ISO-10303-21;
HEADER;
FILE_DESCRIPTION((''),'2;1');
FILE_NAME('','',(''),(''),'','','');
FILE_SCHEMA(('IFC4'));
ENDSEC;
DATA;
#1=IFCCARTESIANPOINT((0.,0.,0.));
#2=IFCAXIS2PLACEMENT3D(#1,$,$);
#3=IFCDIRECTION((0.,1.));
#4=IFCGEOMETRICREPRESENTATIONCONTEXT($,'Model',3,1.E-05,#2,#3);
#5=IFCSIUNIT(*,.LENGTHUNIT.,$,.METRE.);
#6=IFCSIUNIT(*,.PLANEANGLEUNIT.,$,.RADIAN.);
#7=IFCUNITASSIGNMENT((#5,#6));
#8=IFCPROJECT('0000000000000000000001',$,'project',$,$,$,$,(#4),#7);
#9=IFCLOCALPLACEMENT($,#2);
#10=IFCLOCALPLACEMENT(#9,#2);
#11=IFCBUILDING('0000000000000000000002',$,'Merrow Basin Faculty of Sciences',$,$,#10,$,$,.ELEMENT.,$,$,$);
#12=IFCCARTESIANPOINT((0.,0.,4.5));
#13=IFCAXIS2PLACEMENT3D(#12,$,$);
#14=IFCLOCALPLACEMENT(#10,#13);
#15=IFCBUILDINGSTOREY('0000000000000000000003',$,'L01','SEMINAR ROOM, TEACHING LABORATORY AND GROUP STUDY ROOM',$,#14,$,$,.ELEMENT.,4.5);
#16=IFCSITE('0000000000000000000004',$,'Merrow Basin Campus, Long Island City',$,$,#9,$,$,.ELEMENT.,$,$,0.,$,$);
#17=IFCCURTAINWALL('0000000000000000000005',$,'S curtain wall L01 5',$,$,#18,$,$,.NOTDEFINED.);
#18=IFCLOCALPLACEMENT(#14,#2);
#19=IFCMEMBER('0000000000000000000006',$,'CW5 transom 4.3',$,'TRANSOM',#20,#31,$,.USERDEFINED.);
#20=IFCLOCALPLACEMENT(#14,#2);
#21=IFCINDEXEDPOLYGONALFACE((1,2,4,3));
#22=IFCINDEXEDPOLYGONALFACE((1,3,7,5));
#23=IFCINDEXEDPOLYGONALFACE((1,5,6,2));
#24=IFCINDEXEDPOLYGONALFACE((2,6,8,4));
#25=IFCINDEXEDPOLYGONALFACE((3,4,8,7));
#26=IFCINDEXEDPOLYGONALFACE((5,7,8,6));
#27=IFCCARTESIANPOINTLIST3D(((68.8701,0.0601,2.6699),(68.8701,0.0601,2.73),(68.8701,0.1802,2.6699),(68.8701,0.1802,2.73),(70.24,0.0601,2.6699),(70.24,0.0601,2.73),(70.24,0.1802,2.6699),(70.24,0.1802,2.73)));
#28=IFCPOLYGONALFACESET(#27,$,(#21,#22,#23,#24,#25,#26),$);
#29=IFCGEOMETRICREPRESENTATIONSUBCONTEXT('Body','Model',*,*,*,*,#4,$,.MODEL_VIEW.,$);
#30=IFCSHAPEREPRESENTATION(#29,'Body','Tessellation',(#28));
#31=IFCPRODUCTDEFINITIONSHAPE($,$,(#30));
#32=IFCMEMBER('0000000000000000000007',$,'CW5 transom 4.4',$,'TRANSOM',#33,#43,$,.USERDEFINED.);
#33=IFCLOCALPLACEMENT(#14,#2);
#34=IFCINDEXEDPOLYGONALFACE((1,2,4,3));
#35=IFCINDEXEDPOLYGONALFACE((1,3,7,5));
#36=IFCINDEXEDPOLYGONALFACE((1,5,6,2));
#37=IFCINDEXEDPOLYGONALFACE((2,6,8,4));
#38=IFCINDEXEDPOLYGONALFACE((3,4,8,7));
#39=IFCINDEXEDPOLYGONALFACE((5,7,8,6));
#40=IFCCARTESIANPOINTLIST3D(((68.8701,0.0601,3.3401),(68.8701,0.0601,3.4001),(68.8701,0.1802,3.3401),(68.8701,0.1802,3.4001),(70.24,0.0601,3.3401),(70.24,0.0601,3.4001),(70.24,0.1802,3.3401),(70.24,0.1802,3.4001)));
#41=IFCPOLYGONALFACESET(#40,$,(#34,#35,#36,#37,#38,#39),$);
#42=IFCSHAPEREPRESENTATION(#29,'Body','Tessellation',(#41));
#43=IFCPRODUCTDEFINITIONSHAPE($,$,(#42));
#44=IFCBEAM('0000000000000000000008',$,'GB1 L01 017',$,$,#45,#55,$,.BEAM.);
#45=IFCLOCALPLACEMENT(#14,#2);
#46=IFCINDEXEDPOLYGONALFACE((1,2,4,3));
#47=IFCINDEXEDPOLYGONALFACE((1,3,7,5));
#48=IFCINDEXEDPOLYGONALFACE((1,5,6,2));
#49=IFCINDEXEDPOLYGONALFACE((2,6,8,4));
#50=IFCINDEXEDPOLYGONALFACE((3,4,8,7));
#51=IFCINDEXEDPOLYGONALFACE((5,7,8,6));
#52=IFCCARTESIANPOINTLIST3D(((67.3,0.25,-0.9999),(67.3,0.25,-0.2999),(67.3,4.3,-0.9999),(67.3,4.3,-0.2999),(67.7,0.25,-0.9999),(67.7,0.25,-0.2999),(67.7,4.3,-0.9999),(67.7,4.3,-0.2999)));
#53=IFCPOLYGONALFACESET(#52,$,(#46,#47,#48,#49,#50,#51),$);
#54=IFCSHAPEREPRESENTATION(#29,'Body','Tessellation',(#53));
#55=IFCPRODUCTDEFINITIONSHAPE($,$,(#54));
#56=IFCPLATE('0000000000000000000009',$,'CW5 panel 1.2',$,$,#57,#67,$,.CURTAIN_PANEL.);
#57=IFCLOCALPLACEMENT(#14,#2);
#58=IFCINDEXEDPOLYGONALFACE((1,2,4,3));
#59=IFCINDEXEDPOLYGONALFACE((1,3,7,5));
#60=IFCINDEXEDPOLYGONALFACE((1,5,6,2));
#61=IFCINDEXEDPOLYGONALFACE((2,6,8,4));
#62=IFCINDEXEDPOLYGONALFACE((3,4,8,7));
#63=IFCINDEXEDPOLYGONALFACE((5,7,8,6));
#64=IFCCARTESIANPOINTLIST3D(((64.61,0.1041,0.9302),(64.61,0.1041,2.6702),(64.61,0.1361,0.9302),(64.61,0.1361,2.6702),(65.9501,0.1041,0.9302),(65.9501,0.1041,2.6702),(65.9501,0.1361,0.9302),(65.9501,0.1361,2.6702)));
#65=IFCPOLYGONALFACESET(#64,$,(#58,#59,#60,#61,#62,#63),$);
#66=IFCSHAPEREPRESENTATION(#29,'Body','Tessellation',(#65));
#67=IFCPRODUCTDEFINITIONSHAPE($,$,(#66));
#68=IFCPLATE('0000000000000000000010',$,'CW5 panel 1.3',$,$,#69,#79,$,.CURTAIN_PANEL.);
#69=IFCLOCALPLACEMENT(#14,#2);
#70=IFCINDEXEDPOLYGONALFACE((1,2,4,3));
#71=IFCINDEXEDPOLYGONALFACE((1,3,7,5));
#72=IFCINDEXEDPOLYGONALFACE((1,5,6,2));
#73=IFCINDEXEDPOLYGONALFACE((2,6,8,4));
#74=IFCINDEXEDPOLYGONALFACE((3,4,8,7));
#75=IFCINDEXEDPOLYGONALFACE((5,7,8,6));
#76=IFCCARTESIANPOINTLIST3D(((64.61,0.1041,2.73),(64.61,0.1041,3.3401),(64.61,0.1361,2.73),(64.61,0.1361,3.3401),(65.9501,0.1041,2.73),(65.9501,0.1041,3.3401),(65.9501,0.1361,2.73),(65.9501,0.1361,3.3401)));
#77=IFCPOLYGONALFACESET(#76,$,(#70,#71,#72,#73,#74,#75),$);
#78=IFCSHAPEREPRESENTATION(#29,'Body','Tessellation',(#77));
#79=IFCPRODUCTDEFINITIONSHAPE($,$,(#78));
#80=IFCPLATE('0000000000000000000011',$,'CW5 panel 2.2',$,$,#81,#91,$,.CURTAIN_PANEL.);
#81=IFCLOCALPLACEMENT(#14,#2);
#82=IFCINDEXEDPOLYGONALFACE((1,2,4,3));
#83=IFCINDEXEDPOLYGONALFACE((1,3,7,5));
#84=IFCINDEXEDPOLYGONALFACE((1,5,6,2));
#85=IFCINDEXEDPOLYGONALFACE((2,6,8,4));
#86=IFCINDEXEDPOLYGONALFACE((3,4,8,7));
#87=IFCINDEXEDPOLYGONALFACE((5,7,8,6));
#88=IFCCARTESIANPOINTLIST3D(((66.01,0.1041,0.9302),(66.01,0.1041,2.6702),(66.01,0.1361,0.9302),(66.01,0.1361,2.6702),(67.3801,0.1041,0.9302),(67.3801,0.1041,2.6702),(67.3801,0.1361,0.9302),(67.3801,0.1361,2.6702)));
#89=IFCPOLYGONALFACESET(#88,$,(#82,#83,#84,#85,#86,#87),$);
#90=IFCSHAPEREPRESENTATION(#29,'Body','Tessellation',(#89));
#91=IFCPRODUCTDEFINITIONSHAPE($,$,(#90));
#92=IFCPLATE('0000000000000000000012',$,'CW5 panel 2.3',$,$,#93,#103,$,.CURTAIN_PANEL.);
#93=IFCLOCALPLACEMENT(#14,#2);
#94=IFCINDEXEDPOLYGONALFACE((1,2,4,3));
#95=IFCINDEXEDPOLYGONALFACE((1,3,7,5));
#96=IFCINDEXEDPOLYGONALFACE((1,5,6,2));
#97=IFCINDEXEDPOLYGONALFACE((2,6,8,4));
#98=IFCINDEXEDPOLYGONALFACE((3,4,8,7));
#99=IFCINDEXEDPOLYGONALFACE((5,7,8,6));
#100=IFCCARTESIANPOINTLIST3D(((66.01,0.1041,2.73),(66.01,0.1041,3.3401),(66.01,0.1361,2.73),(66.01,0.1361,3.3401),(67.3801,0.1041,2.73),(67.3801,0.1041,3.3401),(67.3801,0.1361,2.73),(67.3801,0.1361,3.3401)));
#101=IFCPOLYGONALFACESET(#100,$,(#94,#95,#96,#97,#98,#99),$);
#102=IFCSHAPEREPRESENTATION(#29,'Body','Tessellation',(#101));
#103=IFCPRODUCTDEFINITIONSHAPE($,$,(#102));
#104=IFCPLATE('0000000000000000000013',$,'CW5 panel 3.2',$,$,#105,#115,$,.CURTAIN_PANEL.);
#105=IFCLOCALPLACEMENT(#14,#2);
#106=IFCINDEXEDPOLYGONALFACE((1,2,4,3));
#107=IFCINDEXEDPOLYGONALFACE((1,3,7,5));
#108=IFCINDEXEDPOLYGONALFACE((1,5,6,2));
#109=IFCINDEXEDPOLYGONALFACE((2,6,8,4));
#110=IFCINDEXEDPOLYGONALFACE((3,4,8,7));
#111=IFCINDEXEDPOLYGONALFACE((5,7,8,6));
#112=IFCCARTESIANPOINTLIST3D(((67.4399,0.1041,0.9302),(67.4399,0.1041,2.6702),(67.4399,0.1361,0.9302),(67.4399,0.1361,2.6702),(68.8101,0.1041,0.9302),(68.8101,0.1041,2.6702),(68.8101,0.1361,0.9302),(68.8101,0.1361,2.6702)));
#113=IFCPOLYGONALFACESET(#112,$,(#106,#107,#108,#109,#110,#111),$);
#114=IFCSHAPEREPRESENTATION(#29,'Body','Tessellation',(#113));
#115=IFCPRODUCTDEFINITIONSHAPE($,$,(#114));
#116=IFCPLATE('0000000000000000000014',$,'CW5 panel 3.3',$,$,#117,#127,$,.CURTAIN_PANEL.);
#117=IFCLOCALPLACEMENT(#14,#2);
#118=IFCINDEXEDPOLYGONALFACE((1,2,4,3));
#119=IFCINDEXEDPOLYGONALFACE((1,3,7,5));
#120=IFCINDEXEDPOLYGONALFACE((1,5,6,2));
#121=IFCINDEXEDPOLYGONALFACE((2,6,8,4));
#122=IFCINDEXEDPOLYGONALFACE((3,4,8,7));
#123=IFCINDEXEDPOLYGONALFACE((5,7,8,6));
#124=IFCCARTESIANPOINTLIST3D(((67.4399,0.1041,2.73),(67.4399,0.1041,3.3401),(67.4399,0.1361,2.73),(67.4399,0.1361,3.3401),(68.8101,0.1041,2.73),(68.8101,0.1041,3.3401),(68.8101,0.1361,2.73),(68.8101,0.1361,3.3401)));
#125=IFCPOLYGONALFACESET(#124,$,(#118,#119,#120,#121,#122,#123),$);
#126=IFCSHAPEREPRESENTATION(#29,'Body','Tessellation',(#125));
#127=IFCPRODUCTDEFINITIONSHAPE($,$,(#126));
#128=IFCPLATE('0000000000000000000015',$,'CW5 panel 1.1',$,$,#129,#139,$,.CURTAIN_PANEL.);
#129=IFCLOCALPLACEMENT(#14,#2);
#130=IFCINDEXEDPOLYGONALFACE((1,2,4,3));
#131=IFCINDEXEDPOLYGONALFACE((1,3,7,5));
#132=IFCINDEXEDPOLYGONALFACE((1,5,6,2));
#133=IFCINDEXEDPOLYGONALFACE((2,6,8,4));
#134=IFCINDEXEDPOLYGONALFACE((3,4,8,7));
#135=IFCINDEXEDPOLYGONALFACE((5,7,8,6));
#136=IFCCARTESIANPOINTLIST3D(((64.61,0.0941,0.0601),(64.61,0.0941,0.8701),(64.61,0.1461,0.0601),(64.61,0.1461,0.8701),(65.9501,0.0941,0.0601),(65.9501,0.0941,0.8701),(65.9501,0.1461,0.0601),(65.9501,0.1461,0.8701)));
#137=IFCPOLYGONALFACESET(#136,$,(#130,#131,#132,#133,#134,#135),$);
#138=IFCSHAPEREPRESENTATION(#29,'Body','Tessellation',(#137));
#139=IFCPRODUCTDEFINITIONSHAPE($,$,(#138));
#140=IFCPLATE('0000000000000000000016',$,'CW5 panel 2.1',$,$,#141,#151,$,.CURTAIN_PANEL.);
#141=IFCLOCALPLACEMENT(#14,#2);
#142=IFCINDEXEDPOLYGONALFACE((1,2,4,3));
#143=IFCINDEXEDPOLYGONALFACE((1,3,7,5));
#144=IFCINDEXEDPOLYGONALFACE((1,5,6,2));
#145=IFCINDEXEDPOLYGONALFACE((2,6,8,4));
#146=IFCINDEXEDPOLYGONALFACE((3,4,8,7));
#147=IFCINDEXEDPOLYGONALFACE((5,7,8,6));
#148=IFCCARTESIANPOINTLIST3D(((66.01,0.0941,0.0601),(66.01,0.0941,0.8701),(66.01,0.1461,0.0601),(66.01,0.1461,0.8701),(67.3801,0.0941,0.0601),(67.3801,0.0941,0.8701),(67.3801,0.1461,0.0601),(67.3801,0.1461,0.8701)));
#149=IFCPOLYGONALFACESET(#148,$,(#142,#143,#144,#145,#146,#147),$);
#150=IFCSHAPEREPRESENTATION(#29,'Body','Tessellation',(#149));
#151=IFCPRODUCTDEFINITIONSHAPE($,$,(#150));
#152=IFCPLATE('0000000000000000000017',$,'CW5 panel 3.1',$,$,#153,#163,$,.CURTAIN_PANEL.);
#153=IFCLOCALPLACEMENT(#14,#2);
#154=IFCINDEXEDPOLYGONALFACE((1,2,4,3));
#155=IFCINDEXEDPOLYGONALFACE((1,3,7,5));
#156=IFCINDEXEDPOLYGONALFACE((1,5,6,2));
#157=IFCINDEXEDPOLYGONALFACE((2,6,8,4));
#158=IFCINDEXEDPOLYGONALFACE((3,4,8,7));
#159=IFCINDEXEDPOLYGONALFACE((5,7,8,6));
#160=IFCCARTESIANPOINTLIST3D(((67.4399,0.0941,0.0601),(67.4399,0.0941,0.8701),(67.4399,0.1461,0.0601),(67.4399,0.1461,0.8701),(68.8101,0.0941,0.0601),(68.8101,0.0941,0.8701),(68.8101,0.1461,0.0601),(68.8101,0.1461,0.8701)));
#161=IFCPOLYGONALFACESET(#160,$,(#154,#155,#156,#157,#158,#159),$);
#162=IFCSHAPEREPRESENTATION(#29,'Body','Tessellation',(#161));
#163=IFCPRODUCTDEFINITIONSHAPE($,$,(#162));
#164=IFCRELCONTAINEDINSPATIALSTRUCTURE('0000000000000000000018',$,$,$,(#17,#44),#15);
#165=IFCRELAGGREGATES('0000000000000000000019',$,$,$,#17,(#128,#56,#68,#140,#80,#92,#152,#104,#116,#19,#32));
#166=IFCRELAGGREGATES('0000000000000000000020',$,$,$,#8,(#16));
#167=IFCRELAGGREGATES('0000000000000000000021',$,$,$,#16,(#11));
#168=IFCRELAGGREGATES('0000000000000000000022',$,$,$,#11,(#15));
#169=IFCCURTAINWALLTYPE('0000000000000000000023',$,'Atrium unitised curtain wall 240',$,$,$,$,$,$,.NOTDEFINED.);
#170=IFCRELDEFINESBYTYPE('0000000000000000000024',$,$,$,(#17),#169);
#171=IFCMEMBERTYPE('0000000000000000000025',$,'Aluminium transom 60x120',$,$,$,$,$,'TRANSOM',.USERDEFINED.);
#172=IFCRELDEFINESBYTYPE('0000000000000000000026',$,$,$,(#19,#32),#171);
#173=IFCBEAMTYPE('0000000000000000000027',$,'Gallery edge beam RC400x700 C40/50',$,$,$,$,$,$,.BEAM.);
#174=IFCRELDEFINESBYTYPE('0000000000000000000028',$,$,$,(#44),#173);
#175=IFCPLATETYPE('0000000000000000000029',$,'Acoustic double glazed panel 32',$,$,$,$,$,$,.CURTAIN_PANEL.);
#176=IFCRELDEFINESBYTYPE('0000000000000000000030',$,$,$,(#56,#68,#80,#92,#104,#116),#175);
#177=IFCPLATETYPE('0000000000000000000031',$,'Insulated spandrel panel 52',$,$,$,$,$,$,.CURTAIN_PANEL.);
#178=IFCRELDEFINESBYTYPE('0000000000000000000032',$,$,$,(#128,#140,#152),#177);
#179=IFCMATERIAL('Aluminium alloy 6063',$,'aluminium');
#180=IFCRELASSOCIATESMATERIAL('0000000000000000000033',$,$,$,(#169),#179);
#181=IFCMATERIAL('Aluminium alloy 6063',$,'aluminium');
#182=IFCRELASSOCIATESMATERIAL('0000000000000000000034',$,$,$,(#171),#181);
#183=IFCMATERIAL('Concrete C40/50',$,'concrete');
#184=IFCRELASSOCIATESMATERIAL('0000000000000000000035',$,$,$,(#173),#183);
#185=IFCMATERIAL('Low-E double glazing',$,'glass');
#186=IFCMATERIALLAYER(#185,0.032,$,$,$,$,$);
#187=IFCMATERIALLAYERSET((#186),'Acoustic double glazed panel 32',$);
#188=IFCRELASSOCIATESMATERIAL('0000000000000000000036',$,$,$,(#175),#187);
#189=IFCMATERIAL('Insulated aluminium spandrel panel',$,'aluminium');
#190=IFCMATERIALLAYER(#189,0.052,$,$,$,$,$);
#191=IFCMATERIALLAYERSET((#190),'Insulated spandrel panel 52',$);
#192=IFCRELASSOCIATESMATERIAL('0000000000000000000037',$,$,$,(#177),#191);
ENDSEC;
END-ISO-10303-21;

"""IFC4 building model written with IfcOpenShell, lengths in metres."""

from ifc_helpers import new_model, si_unit, direction, frame, origin, origin_2d, place, context, subcontext, project, spatial, rectangle, extrude, material, layer, layer_set, material_profile, profile_set, type_object, element, aggregate, save


model = new_model("IFC4")

# Units and contexts
model_context = context("Model", 3, precision=1e-05, world=origin(), true_north=direction((0.0, 1.0)))
body_context = subcontext(model_context, "Body", "Model", "MODEL_VIEW")
ifc_project = project(units=[si_unit("LENGTHUNIT", "METRE"), si_unit("PLANEANGLEUNIT", "RADIAN")], contexts=[model_context])

# Site, building, storey
site_placement = place(None, origin())
site = spatial("IfcSite", under=ifc_project, at=site_placement, Name="Merrow Basin Campus, Long Island City", CompositionType="ELEMENT", RefElevation=0.0)
building_placement = place(site_placement, origin())
building = spatial("IfcBuilding", under=site, at=building_placement, Name="Merrow Basin Faculty of Sciences", CompositionType="ELEMENT")
storey_placement = place(building_placement, frame((0.0, 0.0, 4.5)))
storey = spatial("IfcBuildingStorey", under=building, at=storey_placement, Name="L01", Description="SEMINAR ROOM, TEACHING LABORATORY AND GROUP STUDY ROOM", CompositionType="ELEMENT", Elevation=4.5)

# Curtain wall, members
ifc_material_1 = material(Name="Aluminium alloy 6063", Category="aluminium")
curtain_wall_type = type_object("IfcCurtainWallType", Name="Atrium unitised curtain wall 240", PredefinedType="NOTDEFINED", material=ifc_material_1)
curtain_wall_placement = place(storey_placement, origin())
curtain_wall = element("IfcCurtainWall", 1, at=curtain_wall_placement, inside=storey, type_object=curtain_wall_type, Name="S curtain wall L01 5", PredefinedType="NOTDEFINED")
ifc_material_2 = material(Name="Aluminium alloy 6063", Category="aluminium")
ifc_material_profile_1 = material_profile(ifc_material_2, rectangle(XDim=0.1201, YDim=0.0601, at=origin_2d()))
ifc_profile_set_1 = profile_set([ifc_material_profile_1], Name="Aluminium alloy 6063")
member_type_1 = type_object("IfcMemberType", Name="Aluminium transom 60x120", ElementType="TRANSOM", PredefinedType="USERDEFINED", material=ifc_profile_set_1)
member_1_placement = place(storey_placement, frame((68.8701, 0.1201, 2.7), z_axis=(1.0, 0.0, 0.0), x_axis=(0.0, 1.0, 0.0)))
member_1 = element("IfcMember", 2, at=member_1_placement, type_object=member_type_1, Name="CW5 transom 4.3", ObjectType="TRANSOM", PredefinedType="USERDEFINED", context=body_context, shape_type="SweptSolid", body=[
    extrude(rectangle(XDim=0.1201, YDim=0.0601, at=origin_2d()), origin(), (0.0, 0.0, 1.0), 1.3699),
])
member_2_placement = place(storey_placement, frame((68.8701, 0.1201, 3.3701), z_axis=(1.0, 0.0, 0.0), x_axis=(0.0, 1.0, 0.0)))
member_2 = element("IfcMember", 3, at=member_2_placement, type_object=member_type_1, Name="CW5 transom 4.4", ObjectType="TRANSOM", PredefinedType="USERDEFINED", context=body_context, shape_type="SweptSolid", body=[
    extrude(rectangle(XDim=0.1201, YDim=0.0601, at=origin_2d()), origin(), (0.0, 0.0, 1.0), 1.3699),
])

# Beam
ifc_material_3 = material(Name="Concrete C40/50", Category="concrete")
ifc_material_profile_2 = material_profile(ifc_material_3, rectangle(XDim=0.3999, YDim=0.7, at=origin_2d()))
ifc_profile_set_2 = profile_set([ifc_material_profile_2], Name="Concrete C40/50")
beam_type = type_object("IfcBeamType", Name="Gallery edge beam RC400x700 C40/50", PredefinedType="BEAM", material=ifc_profile_set_2)
beam_placement = place(storey_placement, frame((67.5, 0.25, -0.6499), z_axis=(0.0, 1.0, 0.0), x_axis=(-1.0, 0.0, 0.0)))
element("IfcBeam", 4, at=beam_placement, inside=storey, type_object=beam_type, Name="GB1 L01 017", PredefinedType="BEAM", context=body_context, shape_type="SweptSolid", body=[
    extrude(rectangle(XDim=0.3999, YDim=0.7, at=origin_2d()), origin(), (0.0, 0.0, 1.0), 4.05),
])

# Plates
ifc_material_4 = material(Name="Low-E double glazing", Category="glass")
ifc_layer_1 = layer(ifc_material_4, 0.032)
ifc_layer_set_1 = layer_set([ifc_layer_1], Name="Acoustic double glazed panel 32")
plate_type_1 = type_object("IfcPlateType", Name="Acoustic double glazed panel 32", PredefinedType="CURTAIN_PANEL", material=ifc_layer_set_1)
plate_1_placement = place(storey_placement, frame((65.28, 0.1201, 0.9302), z_axis=(0.0, 0.0, 1.0), x_axis=(1.0, 0.0, 0.0)))
plate_1 = element("IfcPlate", 5, at=plate_1_placement, type_object=plate_type_1, Name="CW5 panel 1.2", PredefinedType="CURTAIN_PANEL", context=body_context, shape_type="SweptSolid", body=[
    extrude(rectangle(XDim=1.3401, YDim=0.032, at=origin_2d()), origin(), (0.0, 0.0, 1.0), 1.74),
])
plate_2_placement = place(storey_placement, frame((65.28, 0.1201, 2.73), z_axis=(0.0, 0.0, 1.0), x_axis=(1.0, 0.0, 0.0)))
plate_2 = element("IfcPlate", 6, at=plate_2_placement, type_object=plate_type_1, Name="CW5 panel 1.3", PredefinedType="CURTAIN_PANEL", context=body_context, shape_type="SweptSolid", body=[
    extrude(rectangle(XDim=1.3401, YDim=0.032, at=origin_2d()), origin(), (0.0, 0.0, 1.0), 0.6101),
])
plate_3_placement = place(storey_placement, frame((66.6951, 0.1201, 0.9302), z_axis=(0.0, 0.0, 1.0), x_axis=(1.0, 0.0, 0.0)))
plate_3 = element("IfcPlate", 7, at=plate_3_placement, type_object=plate_type_1, Name="CW5 panel 2.2", PredefinedType="CURTAIN_PANEL", context=body_context, shape_type="SweptSolid", body=[
    extrude(rectangle(XDim=1.3701, YDim=0.032, at=origin_2d()), origin(), (0.0, 0.0, 1.0), 1.74),
])
plate_4_placement = place(storey_placement, frame((66.6951, 0.1201, 2.73), z_axis=(0.0, 0.0, 1.0), x_axis=(1.0, 0.0, 0.0)))
plate_4 = element("IfcPlate", 8, at=plate_4_placement, type_object=plate_type_1, Name="CW5 panel 2.3", PredefinedType="CURTAIN_PANEL", context=body_context, shape_type="SweptSolid", body=[
    extrude(rectangle(XDim=1.3701, YDim=0.032, at=origin_2d()), origin(), (0.0, 0.0, 1.0), 0.6101),
])
plate_5_placement = place(storey_placement, frame((68.125, 0.1201, 0.9302), z_axis=(0.0, 0.0, 1.0), x_axis=(1.0, 0.0, 0.0)))
plate_5 = element("IfcPlate", 9, at=plate_5_placement, type_object=plate_type_1, Name="CW5 panel 3.2", PredefinedType="CURTAIN_PANEL", context=body_context, shape_type="SweptSolid", body=[
    extrude(rectangle(XDim=1.3701, YDim=0.032, at=origin_2d()), origin(), (0.0, 0.0, 1.0), 1.74),
])
plate_6_placement = place(storey_placement, frame((68.125, 0.1201, 2.73), z_axis=(0.0, 0.0, 1.0), x_axis=(1.0, 0.0, 0.0)))
plate_6 = element("IfcPlate", 10, at=plate_6_placement, type_object=plate_type_1, Name="CW5 panel 3.3", PredefinedType="CURTAIN_PANEL", context=body_context, shape_type="SweptSolid", body=[
    extrude(rectangle(XDim=1.3701, YDim=0.032, at=origin_2d()), origin(), (0.0, 0.0, 1.0), 0.6101),
])
ifc_material_5 = material(Name="Insulated aluminium spandrel panel", Category="aluminium")
ifc_layer_2 = layer(ifc_material_5, 0.052)
ifc_layer_set_2 = layer_set([ifc_layer_2], Name="Insulated spandrel panel 52")
plate_type_2 = type_object("IfcPlateType", Name="Insulated spandrel panel 52", PredefinedType="CURTAIN_PANEL", material=ifc_layer_set_2)
plate_7_placement = place(storey_placement, frame((65.28, 0.1201, 0.0601), z_axis=(0.0, 0.0, 1.0), x_axis=(1.0, 0.0, 0.0)))
plate_7 = element("IfcPlate", 11, at=plate_7_placement, type_object=plate_type_2, Name="CW5 panel 1.1", PredefinedType="CURTAIN_PANEL", context=body_context, shape_type="SweptSolid", body=[
    extrude(rectangle(XDim=1.3401, YDim=0.052, at=origin_2d()), origin(), (0.0, 0.0, 1.0), 0.8101),
])
plate_8_placement = place(storey_placement, frame((66.6951, 0.1201, 0.0601), z_axis=(0.0, 0.0, 1.0), x_axis=(1.0, 0.0, 0.0)))
plate_8 = element("IfcPlate", 12, at=plate_8_placement, type_object=plate_type_2, Name="CW5 panel 2.1", PredefinedType="CURTAIN_PANEL", context=body_context, shape_type="SweptSolid", body=[
    extrude(rectangle(XDim=1.3701, YDim=0.052, at=origin_2d()), origin(), (0.0, 0.0, 1.0), 0.8101),
])
plate_9_placement = place(storey_placement, frame((68.125, 0.1201, 0.0601), z_axis=(0.0, 0.0, 1.0), x_axis=(1.0, 0.0, 0.0)))
plate_9 = element("IfcPlate", 13, at=plate_9_placement, type_object=plate_type_2, Name="CW5 panel 3.1", PredefinedType="CURTAIN_PANEL", context=body_context, shape_type="SweptSolid", body=[
    extrude(rectangle(XDim=1.3701, YDim=0.052, at=origin_2d()), origin(), (0.0, 0.0, 1.0), 0.8101),
])
aggregate(curtain_wall, [plate_7, plate_1, plate_2, plate_8, plate_3, plate_4, plate_9, plate_5, plate_6, member_1, member_2])

save(model, "model.ifc")
